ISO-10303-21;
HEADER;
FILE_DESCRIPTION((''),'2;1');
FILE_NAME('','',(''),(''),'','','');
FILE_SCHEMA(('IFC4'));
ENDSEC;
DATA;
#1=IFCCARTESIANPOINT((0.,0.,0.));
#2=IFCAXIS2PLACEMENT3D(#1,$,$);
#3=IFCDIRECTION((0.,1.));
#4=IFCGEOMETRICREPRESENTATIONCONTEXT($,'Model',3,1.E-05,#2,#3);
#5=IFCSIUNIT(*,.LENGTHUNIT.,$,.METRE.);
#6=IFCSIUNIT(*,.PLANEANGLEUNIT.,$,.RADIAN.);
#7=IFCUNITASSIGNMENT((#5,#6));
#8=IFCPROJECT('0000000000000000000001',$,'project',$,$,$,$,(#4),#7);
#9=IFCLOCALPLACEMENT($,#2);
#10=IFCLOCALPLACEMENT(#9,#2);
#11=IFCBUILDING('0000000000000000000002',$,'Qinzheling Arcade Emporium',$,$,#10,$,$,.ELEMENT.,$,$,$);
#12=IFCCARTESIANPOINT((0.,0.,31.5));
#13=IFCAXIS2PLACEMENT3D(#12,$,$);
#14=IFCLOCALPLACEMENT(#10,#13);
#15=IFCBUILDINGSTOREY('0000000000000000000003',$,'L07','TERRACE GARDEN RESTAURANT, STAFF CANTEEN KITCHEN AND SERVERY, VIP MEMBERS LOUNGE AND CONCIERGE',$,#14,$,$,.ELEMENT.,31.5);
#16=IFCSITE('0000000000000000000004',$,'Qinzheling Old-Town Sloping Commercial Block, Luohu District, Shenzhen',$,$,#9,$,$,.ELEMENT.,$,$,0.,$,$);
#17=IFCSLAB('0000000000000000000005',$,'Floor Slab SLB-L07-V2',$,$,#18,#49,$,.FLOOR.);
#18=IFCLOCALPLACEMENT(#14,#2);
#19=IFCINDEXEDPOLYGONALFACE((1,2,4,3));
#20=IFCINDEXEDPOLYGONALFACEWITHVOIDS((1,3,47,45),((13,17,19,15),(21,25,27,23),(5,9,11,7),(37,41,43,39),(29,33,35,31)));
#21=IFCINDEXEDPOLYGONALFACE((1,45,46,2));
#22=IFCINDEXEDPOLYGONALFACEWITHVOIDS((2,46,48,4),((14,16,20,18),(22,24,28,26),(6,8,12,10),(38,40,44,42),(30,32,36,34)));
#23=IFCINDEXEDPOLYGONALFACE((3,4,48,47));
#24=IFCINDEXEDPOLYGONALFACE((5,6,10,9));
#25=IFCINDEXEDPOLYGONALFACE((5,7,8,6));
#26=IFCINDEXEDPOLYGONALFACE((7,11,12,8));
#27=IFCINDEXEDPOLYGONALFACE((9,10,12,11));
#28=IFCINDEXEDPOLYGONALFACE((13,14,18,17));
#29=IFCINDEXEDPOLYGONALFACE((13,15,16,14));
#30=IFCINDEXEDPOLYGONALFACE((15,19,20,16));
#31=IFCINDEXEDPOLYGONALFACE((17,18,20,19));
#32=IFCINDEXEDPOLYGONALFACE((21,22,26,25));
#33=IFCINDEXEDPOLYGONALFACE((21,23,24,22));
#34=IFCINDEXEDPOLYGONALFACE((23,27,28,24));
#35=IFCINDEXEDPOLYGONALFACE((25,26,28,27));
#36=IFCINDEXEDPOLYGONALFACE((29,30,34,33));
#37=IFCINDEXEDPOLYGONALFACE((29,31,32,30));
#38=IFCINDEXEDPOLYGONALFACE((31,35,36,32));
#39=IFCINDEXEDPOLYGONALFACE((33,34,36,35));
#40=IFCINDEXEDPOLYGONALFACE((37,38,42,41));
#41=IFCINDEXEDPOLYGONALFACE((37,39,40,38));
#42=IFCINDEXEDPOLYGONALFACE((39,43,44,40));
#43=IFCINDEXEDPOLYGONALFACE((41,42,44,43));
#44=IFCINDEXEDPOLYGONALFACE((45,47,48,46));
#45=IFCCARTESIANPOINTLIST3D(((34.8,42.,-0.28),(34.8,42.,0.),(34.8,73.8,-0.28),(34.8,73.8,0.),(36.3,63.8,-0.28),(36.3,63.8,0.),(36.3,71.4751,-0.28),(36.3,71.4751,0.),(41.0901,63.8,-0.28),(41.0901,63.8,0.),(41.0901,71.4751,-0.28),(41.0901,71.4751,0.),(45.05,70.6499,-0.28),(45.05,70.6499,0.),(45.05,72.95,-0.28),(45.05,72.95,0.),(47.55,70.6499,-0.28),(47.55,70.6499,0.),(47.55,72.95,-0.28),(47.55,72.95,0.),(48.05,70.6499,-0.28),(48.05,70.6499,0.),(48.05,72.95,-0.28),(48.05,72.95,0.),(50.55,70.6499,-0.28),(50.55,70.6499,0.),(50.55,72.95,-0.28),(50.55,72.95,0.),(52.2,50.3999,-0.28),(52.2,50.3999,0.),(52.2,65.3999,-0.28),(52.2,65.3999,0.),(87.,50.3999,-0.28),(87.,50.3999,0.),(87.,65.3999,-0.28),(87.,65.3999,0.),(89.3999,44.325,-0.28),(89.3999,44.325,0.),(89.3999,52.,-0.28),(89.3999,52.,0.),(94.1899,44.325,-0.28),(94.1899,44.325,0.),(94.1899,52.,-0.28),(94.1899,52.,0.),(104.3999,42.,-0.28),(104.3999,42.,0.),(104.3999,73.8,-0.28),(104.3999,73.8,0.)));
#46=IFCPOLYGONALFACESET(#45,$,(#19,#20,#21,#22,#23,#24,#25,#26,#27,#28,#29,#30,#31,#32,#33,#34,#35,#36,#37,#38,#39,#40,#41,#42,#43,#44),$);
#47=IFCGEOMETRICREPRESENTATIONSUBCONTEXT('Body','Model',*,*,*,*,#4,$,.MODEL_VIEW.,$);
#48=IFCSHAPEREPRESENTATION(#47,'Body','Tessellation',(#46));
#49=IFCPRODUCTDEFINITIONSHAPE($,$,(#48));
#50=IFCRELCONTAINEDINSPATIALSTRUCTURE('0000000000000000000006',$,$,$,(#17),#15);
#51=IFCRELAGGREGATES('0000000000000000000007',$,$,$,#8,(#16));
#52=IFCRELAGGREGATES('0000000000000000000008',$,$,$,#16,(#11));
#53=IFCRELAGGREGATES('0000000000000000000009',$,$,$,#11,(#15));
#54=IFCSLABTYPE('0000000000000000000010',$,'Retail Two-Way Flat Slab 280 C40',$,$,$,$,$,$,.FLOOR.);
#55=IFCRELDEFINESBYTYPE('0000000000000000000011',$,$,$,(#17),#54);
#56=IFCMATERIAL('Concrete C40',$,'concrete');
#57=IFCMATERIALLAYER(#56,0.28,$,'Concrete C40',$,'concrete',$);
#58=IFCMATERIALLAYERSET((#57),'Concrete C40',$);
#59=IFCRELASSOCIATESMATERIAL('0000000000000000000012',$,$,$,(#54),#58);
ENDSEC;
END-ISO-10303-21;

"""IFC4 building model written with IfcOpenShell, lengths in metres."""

from ifc_helpers import new_model, si_unit, direction, frame, origin, place, context, subcontext, project, spatial, polyline, outline, extrude, material, layer, layer_set, type_object, element, save


model = new_model("IFC4")

# Units and contexts
model_context = context("Model", 3, precision=1e-05, world=origin(), true_north=direction((0.0, 1.0)))
body_context = subcontext(model_context, "Body", "Model", "MODEL_VIEW")
ifc_project = project(units=[si_unit("LENGTHUNIT", "METRE"), si_unit("PLANEANGLEUNIT", "RADIAN")], contexts=[model_context])

# Site, building, storey
site_placement = place(None, origin())
site = spatial("IfcSite", under=ifc_project, at=site_placement, Name="Qinzheling Old-Town Sloping Commercial Block, Luohu District, Shenzhen", CompositionType="ELEMENT", RefElevation=0.0)
building_placement = place(site_placement, origin())
building = spatial("IfcBuilding", under=site, at=building_placement, Name="Qinzheling Arcade Emporium", CompositionType="ELEMENT")
storey_placement = place(building_placement, frame((0.0, 0.0, 31.5)))
storey = spatial("IfcBuildingStorey", under=building, at=storey_placement, Name="L07", Description="TERRACE GARDEN RESTAURANT, STAFF CANTEEN KITCHEN AND SERVERY, VIP MEMBERS LOUNGE AND CONCIERGE", CompositionType="ELEMENT", Elevation=31.5)

# Slab
ifc_material = material(Name="Concrete C40", Category="concrete")
ifc_layer_1 = layer(ifc_material, 0.28, Name="Concrete C40", Category="concrete")
ifc_layer_set_1 = layer_set([ifc_layer_1], Name="Concrete C40")
slab_type_1 = type_object("IfcSlabType", Name="Retail Two-Way Flat Slab 280 C40", PredefinedType="FLOOR", material=ifc_layer_set_1)
slab_1_placement = place(storey_placement, frame((0.0, 0.0, -0.28)))
element("IfcSlab", 1, at=slab_1_placement, inside=storey, type_object=slab_type_1, Name="Floor Slab SLB-L07-V2", PredefinedType="FLOOR", context=body_context, shape_type="SweptSolid", body=[
    extrude(outline(polyline([(34.8, 42.0), (104.3999, 42.0), (104.3999, 73.8), (34.8, 73.8), (34.8, 42.0)]), holes=[polyline([(94.1899, 44.325), (89.3999, 44.325), (89.3999, 52.0), (94.1899, 52.0), (94.1899, 44.325)]), polyline([(87.0, 50.3999), (52.2, 50.3999), (52.2, 65.3999), (87.0, 65.3999), (87.0, 50.3999)]), polyline([(50.55, 70.6499), (48.05, 70.6499), (48.05, 72.95), (50.55, 72.95), (50.55, 70.6499)]), polyline([(47.55, 70.6499), (45.05, 70.6499), (45.05, 72.95), (47.55, 72.95), (47.55, 70.6499)]), polyline([(41.0901, 63.8), (36.3, 63.8), (36.3, 71.4751), (41.0901, 71.4751), (41.0901, 63.8)])]), origin(), (0.0, 0.0, 1.0), 0.28),
])

save(model, "model.ifc")
